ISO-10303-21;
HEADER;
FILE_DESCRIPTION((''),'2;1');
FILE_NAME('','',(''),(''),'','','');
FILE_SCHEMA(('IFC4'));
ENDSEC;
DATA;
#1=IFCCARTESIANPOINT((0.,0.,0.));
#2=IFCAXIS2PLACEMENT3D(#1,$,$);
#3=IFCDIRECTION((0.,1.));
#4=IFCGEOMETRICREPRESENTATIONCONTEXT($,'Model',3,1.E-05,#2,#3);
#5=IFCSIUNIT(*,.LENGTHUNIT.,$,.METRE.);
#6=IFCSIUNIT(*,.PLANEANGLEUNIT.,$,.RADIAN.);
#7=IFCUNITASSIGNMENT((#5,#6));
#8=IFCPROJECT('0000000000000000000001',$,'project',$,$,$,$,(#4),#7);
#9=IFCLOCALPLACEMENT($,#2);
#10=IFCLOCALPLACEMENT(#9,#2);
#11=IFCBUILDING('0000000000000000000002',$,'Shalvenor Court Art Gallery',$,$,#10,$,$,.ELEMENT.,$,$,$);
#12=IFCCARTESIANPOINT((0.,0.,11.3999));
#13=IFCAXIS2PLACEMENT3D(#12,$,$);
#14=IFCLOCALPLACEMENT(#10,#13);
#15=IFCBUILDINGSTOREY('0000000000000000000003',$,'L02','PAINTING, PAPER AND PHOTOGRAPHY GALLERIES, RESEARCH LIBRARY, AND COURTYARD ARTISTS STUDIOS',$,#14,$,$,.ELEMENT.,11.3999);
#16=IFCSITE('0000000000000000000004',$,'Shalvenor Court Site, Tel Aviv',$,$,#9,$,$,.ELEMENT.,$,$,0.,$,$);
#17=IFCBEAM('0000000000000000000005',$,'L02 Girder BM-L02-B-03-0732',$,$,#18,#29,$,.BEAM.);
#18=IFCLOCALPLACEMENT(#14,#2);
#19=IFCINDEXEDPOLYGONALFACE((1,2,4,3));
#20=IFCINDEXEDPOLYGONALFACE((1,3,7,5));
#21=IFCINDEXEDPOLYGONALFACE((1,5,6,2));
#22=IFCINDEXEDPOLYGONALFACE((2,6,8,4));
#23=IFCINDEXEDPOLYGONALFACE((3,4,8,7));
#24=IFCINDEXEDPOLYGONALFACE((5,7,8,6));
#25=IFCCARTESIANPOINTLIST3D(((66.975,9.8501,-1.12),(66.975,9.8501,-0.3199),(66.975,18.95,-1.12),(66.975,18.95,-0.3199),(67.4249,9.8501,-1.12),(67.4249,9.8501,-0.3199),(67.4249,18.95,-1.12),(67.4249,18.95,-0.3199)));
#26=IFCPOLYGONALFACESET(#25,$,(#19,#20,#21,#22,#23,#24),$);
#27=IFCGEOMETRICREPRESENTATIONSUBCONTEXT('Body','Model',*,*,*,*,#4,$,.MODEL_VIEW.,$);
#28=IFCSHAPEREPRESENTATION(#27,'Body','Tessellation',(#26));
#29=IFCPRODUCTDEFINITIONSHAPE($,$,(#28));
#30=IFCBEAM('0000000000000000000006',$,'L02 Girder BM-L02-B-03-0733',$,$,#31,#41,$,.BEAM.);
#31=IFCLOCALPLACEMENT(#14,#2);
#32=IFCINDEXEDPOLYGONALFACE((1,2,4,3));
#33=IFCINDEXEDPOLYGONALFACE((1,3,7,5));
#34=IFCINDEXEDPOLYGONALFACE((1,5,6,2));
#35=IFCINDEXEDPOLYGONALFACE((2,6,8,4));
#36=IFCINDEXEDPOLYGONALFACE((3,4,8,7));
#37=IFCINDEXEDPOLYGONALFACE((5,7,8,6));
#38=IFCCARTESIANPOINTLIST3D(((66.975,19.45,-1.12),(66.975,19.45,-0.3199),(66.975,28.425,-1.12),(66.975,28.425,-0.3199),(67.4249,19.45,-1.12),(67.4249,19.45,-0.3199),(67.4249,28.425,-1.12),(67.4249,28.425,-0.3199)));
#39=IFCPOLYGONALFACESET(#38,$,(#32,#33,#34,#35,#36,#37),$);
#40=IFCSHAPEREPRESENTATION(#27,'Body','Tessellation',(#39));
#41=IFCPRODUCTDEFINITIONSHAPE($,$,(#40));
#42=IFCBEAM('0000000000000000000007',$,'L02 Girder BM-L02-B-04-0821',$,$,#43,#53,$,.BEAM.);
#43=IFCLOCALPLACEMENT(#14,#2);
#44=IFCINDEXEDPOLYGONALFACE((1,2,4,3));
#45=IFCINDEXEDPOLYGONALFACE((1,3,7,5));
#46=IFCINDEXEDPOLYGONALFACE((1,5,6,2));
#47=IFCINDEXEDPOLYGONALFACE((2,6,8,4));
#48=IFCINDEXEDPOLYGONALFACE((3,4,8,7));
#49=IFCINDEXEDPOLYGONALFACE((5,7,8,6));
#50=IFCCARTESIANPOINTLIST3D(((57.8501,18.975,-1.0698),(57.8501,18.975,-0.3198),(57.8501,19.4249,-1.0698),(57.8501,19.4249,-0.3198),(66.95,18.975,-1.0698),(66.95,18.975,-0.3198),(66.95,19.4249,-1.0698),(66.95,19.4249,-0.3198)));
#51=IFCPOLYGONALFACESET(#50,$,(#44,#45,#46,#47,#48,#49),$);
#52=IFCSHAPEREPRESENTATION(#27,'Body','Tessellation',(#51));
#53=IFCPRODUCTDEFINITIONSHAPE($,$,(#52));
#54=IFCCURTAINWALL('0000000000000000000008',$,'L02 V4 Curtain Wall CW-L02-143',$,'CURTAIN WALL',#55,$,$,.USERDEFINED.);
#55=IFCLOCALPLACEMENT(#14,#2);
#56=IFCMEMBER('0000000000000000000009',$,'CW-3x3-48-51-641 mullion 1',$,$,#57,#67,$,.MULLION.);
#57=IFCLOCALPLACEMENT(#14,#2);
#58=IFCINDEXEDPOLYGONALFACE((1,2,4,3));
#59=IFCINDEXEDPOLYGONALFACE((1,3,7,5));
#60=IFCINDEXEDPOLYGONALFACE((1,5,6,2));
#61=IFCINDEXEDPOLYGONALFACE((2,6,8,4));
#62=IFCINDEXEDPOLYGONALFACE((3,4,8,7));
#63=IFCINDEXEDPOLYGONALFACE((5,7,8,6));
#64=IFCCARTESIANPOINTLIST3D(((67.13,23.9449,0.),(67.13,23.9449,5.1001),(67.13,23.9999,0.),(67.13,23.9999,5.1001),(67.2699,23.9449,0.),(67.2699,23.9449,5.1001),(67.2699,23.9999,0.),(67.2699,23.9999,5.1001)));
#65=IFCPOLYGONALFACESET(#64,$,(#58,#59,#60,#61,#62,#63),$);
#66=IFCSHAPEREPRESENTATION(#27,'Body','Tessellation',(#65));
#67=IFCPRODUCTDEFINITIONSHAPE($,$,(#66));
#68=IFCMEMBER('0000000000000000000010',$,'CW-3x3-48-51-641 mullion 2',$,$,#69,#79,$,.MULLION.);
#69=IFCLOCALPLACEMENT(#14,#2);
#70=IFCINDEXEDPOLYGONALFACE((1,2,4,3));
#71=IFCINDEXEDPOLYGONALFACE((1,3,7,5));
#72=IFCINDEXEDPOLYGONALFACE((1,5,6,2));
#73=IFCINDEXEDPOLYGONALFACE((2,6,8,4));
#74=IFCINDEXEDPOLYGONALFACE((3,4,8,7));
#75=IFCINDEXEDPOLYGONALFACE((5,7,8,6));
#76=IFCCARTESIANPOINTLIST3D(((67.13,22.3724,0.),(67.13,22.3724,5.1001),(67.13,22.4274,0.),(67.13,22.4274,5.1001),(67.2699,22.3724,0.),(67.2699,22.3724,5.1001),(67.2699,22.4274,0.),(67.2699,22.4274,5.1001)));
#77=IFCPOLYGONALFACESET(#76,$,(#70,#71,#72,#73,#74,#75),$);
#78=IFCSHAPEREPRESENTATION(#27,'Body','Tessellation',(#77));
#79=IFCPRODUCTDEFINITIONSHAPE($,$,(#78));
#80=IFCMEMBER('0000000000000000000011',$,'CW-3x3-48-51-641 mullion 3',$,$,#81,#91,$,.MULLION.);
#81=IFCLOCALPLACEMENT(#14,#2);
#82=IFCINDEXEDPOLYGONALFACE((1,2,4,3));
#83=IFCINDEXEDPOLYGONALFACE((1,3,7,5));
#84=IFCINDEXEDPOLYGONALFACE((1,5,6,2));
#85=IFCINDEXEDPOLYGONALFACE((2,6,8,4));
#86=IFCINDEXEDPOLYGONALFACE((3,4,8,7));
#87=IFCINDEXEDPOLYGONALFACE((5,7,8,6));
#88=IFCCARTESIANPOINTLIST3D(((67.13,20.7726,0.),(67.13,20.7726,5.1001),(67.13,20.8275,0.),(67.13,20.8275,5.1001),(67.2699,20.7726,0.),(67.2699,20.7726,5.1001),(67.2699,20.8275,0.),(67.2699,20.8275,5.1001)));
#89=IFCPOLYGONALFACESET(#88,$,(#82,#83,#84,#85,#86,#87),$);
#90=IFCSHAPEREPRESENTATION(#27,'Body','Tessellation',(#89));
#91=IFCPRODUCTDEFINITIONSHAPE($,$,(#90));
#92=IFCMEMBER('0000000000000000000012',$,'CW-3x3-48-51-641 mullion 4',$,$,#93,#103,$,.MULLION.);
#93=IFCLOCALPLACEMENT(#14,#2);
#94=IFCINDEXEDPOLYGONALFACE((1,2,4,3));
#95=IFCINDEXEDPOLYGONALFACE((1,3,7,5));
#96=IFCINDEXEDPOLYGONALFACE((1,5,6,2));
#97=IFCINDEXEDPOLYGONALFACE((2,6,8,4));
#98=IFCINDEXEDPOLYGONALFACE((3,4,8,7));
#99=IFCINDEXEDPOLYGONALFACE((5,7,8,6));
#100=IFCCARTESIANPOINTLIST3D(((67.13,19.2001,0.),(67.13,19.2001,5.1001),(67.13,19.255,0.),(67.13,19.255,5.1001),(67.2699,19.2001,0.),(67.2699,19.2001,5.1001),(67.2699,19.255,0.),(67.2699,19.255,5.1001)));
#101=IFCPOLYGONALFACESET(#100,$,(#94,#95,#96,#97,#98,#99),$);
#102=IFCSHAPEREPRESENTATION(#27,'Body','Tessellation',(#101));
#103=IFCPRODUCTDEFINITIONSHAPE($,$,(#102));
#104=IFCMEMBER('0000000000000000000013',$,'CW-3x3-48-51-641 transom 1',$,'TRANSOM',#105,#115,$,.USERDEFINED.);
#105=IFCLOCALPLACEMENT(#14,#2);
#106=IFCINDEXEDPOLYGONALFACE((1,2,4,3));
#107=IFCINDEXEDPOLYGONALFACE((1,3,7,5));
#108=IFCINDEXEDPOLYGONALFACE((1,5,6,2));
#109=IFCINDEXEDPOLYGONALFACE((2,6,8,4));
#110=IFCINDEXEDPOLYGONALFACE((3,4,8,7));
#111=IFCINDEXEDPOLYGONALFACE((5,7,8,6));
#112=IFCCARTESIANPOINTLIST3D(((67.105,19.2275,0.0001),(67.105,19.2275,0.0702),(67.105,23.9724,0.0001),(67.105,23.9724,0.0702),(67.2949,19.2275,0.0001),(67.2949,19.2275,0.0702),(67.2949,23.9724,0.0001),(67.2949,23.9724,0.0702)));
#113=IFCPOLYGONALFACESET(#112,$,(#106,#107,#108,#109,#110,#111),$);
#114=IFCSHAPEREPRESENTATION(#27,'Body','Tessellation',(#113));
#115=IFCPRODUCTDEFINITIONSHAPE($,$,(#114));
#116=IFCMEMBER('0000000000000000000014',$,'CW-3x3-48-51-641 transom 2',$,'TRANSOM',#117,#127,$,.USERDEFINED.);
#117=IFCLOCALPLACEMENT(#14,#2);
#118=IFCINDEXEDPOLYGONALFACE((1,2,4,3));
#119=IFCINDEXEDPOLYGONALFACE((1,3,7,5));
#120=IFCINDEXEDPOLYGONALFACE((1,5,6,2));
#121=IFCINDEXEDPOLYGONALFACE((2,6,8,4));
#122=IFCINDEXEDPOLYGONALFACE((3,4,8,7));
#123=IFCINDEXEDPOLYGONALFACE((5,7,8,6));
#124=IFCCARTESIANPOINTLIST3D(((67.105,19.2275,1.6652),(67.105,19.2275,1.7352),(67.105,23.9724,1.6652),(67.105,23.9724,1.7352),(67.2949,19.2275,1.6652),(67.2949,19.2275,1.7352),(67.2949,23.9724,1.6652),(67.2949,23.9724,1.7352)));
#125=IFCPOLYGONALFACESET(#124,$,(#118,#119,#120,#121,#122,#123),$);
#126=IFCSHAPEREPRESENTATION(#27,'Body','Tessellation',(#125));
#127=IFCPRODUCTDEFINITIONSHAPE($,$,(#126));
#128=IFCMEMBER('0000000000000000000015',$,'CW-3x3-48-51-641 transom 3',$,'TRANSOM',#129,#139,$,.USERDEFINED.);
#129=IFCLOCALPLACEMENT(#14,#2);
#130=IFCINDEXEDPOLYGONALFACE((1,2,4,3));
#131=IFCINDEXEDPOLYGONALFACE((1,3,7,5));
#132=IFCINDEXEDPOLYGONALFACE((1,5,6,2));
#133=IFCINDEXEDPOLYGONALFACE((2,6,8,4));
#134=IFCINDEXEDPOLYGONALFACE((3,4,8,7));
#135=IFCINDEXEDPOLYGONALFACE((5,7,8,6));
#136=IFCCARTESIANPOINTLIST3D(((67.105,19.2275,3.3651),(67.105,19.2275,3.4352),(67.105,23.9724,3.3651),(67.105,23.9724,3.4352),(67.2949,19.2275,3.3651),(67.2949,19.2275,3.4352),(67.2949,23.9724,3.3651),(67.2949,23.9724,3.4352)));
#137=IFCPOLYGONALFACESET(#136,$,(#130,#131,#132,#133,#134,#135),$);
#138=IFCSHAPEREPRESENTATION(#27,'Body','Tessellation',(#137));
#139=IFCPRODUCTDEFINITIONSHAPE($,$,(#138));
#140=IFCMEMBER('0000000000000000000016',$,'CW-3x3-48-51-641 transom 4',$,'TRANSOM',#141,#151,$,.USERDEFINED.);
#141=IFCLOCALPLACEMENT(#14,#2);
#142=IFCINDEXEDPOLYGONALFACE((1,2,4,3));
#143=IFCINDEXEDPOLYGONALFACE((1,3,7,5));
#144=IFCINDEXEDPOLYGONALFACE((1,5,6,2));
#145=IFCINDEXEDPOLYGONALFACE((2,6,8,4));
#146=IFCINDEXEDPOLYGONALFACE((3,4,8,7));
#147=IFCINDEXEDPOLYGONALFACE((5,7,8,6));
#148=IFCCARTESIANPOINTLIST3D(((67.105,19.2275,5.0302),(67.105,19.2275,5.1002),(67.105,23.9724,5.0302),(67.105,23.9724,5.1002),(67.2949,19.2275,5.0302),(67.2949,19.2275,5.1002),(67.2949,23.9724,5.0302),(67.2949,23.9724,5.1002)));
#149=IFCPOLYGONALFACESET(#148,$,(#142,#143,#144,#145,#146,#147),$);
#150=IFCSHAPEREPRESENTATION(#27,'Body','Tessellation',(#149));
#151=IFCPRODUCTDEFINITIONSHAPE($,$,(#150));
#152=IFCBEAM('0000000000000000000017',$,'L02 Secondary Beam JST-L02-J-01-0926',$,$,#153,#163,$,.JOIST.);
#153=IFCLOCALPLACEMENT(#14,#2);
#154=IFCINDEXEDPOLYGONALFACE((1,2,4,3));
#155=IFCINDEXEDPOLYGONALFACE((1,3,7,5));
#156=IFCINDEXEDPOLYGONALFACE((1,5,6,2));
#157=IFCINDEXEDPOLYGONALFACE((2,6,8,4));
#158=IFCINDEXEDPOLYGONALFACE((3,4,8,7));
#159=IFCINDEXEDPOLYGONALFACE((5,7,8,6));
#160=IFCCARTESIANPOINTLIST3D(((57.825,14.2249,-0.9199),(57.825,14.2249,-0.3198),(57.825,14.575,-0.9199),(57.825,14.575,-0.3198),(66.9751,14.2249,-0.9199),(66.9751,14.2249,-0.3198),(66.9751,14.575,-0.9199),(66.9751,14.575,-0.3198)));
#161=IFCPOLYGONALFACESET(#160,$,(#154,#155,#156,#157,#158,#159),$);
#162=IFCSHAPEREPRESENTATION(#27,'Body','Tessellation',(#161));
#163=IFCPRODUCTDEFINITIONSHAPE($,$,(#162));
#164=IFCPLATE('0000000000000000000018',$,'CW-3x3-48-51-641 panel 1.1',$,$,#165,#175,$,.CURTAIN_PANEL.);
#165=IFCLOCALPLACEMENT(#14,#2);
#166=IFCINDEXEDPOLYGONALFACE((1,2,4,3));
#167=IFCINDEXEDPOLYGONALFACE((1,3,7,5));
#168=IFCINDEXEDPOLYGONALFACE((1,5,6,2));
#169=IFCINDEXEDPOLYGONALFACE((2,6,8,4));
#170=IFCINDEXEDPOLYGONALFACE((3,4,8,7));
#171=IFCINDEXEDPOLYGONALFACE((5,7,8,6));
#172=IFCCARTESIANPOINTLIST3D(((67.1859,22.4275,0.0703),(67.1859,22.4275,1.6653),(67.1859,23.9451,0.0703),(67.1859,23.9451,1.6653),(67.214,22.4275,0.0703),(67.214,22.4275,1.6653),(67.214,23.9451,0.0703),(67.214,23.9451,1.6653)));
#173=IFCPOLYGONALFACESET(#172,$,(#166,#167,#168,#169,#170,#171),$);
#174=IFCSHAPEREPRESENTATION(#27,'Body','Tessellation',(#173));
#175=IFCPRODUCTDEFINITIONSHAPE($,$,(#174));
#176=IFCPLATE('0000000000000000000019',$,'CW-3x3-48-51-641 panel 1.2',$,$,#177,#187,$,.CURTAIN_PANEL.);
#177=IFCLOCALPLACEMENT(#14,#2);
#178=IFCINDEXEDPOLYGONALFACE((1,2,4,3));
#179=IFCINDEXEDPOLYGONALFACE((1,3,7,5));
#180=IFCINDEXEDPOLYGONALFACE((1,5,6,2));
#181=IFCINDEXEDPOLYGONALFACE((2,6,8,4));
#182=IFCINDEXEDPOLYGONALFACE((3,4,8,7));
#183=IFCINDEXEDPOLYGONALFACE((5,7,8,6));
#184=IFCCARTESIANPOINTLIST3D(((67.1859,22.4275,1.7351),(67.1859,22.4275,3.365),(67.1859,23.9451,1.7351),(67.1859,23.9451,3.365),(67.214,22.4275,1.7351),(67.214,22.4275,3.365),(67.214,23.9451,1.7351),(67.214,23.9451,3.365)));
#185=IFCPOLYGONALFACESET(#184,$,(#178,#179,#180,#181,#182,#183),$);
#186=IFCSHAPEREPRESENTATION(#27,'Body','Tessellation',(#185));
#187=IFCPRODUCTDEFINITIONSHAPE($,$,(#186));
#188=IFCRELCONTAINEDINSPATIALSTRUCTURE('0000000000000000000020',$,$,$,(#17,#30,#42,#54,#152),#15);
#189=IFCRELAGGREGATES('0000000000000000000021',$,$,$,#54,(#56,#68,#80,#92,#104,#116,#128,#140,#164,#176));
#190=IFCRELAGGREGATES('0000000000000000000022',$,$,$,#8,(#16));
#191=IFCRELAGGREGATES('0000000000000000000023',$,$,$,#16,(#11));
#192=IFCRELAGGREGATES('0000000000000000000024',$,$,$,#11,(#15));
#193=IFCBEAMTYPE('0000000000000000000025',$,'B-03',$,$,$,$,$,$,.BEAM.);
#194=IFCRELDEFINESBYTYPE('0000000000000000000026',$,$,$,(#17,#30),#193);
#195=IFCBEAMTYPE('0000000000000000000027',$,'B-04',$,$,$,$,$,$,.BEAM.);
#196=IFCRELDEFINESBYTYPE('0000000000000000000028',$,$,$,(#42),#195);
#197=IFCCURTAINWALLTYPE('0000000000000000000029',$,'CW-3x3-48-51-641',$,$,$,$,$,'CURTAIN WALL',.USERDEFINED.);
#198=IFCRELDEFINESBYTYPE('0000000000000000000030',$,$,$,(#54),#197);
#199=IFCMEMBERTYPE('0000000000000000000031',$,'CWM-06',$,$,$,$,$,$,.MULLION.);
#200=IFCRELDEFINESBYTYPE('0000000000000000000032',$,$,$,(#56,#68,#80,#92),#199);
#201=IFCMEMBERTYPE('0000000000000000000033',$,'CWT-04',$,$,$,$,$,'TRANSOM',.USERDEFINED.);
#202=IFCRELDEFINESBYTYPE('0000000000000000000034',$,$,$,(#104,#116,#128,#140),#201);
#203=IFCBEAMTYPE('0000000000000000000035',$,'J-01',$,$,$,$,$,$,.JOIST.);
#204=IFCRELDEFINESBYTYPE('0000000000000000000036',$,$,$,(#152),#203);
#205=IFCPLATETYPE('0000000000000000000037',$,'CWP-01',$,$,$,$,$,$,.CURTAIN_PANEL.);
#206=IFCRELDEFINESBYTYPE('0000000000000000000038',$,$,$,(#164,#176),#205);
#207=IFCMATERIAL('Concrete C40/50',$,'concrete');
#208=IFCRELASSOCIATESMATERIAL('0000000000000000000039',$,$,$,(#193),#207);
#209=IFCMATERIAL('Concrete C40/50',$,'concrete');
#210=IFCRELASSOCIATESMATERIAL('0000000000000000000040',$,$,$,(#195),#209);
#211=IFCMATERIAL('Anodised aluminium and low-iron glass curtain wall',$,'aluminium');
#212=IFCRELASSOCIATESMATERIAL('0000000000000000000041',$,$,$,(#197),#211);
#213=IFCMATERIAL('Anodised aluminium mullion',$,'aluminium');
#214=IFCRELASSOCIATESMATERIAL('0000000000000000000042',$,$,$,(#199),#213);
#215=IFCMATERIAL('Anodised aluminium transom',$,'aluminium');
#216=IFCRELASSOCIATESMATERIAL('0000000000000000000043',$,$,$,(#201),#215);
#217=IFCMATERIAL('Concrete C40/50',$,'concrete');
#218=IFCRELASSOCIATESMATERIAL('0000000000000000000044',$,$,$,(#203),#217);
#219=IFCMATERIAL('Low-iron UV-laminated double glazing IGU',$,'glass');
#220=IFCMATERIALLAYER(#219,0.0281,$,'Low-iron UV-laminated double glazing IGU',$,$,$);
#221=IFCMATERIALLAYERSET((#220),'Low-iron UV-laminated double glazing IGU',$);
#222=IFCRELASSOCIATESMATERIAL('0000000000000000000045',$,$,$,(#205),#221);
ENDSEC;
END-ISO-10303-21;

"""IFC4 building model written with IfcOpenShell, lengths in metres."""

from ifc_helpers import new_model, si_unit, direction, frame, origin, origin_2d, place, context, subcontext, project, spatial, rectangle, extrude, material, layer, layer_set, material_profile, profile_set, type_object, element, aggregate, save


model = new_model("IFC4")

# Units and contexts
model_context = context("Model", 3, precision=1e-05, world=origin(), true_north=direction((0.0, 1.0)))
body_context = subcontext(model_context, "Body", "Model", "MODEL_VIEW")
ifc_project = project(units=[si_unit("LENGTHUNIT", "METRE"), si_unit("PLANEANGLEUNIT", "RADIAN")], contexts=[model_context])

# Site, building, storey
site_placement = place(None, origin())
site = spatial("IfcSite", under=ifc_project, at=site_placement, Name="Shalvenor Court Site, Tel Aviv", CompositionType="ELEMENT", RefElevation=0.0)
building_placement = place(site_placement, origin())
building = spatial("IfcBuilding", under=site, at=building_placement, Name="Shalvenor Court Art Gallery", CompositionType="ELEMENT")
storey_placement = place(building_placement, frame((0.0, 0.0, 11.3999)))
storey = spatial("IfcBuildingStorey", under=building, at=storey_placement, Name="L02", Description="PAINTING, PAPER AND PHOTOGRAPHY GALLERIES, RESEARCH LIBRARY, AND COURTYARD ARTISTS STUDIOS", CompositionType="ELEMENT", Elevation=11.3999)

# Beams
ifc_material_1 = material(Name="Concrete C40/50", Category="concrete")
ifc_material_profile_1 = material_profile(ifc_material_1, rectangle(XDim=0.45, YDim=0.8, at=origin_2d()), Name="RC 450x800")
ifc_profile_set_1 = profile_set([ifc_material_profile_1], Name="Concrete C40/50")
beam_type_1 = type_object("IfcBeamType", Name="B-03", PredefinedType="BEAM", material=ifc_profile_set_1)
beam_1_placement = place(storey_placement, frame((67.2, 9.8501, -0.72), z_axis=(0.0, 1.0, 0.0), x_axis=(-1.0, 0.0, 0.0)))
element("IfcBeam", 1, at=beam_1_placement, inside=storey, type_object=beam_type_1, Name="L02 Girder BM-L02-B-03-0732", PredefinedType="BEAM", context=body_context, shape_type="SweptSolid", body=[
    extrude(rectangle(XDim=0.45, YDim=0.8, at=origin_2d()), origin(), (0.0, 0.0, 1.0), 9.0999),
])
beam_2_placement = place(storey_placement, frame((67.2, 19.45, -0.72), z_axis=(0.0, 1.0, 0.0), x_axis=(-1.0, 0.0, 0.0)))
element("IfcBeam", 2, at=beam_2_placement, inside=storey, type_object=beam_type_1, Name="L02 Girder BM-L02-B-03-0733", PredefinedType="BEAM", context=body_context, shape_type="SweptSolid", body=[
    extrude(rectangle(XDim=0.45, YDim=0.8, at=origin_2d()), origin(), (0.0, 0.0, 1.0), 8.9751),
])
ifc_material_2 = material(Name="Concrete C40/50", Category="concrete")
ifc_material_profile_2 = material_profile(ifc_material_2, rectangle(XDim=0.45, YDim=0.75, at=origin_2d()), Name="RC 450x750")
ifc_profile_set_2 = profile_set([ifc_material_profile_2], Name="Concrete C40/50")
beam_type_2 = type_object("IfcBeamType", Name="B-04", PredefinedType="BEAM", material=ifc_profile_set_2)
beam_3_placement = place(storey_placement, frame((57.8501, 19.2, -0.6948), z_axis=(1.0, 0.0, 0.0), x_axis=(0.0, 1.0, 0.0)))
element("IfcBeam", 3, at=beam_3_placement, inside=storey, type_object=beam_type_2, Name="L02 Girder BM-L02-B-04-0821", PredefinedType="BEAM", context=body_context, shape_type="SweptSolid", body=[
    extrude(rectangle(XDim=0.45, YDim=0.75, at=origin_2d()), origin(), (0.0, 0.0, 1.0), 9.0999),
])

# Curtain wall, members
ifc_material_3 = material(Name="Anodised aluminium and low-iron glass curtain wall", Category="aluminium")
curtain_wall_type = type_object("IfcCurtainWallType", Name="CW-3x3-48-51-641", ElementType="CURTAIN WALL", PredefinedType="USERDEFINED", material=ifc_material_3)
curtain_wall_placement = place(storey_placement, origin())
curtain_wall = element("IfcCurtainWall", 4, at=curtain_wall_placement, inside=storey, type_object=curtain_wall_type, Name="L02 V4 Curtain Wall CW-L02-143", ObjectType="CURTAIN WALL", PredefinedType="USERDEFINED")
ifc_material_4 = material(Name="Anodised aluminium mullion", Category="aluminium")
ifc_material_profile_3 = material_profile(ifc_material_4, rectangle(XDim=0.0549, YDim=0.1399, at=origin_2d()), Name="CWM-06")
ifc_profile_set_3 = profile_set([ifc_material_profile_3], Name="Anodised aluminium mullion")
member_type_1 = type_object("IfcMemberType", Name="CWM-06", PredefinedType="MULLION", material=ifc_profile_set_3)
member_1_placement = place(storey_placement, frame((67.2, 23.9724, 0.0), z_axis=(0.0, 0.0, 1.0), x_axis=(0.0, -1.0, 0.0)))
member_1 = element("IfcMember", 5, at=member_1_placement, type_object=member_type_1, Name="CW-3x3-48-51-641 mullion 1", PredefinedType="MULLION", context=body_context, shape_type="SweptSolid", body=[
    extrude(rectangle(XDim=0.0549, YDim=0.1399, at=origin_2d()), origin(), (0.0, 0.0, 1.0), 5.1001),
])
member_2_placement = place(storey_placement, frame((67.2, 22.3999, 0.0), z_axis=(0.0, 0.0, 1.0), x_axis=(0.0, -1.0, 0.0)))
member_2 = element("IfcMember", 6, at=member_2_placement, type_object=member_type_1, Name="CW-3x3-48-51-641 mullion 2", PredefinedType="MULLION", context=body_context, shape_type="SweptSolid", body=[
    extrude(rectangle(XDim=0.0549, YDim=0.1399, at=origin_2d()), origin(), (0.0, 0.0, 1.0), 5.1001),
])
member_3_placement = place(storey_placement, frame((67.2, 20.8, 0.0), z_axis=(0.0, 0.0, 1.0), x_axis=(0.0, -1.0, 0.0)))
member_3 = element("IfcMember", 7, at=member_3_placement, type_object=member_type_1, Name="CW-3x3-48-51-641 mullion 3", PredefinedType="MULLION", context=body_context, shape_type="SweptSolid", body=[
    extrude(rectangle(XDim=0.0549, YDim=0.1399, at=origin_2d()), origin(), (0.0, 0.0, 1.0), 5.1001),
])
member_4_placement = place(storey_placement, frame((67.2, 19.2275, 0.0), z_axis=(0.0, 0.0, 1.0), x_axis=(0.0, -1.0, 0.0)))
member_4 = element("IfcMember", 8, at=member_4_placement, type_object=member_type_1, Name="CW-3x3-48-51-641 mullion 4", PredefinedType="MULLION", context=body_context, shape_type="SweptSolid", body=[
    extrude(rectangle(XDim=0.0549, YDim=0.1399, at=origin_2d()), origin(), (0.0, 0.0, 1.0), 5.1001),
])
ifc_material_5 = material(Name="Anodised aluminium transom", Category="aluminium")
ifc_material_profile_4 = material_profile(ifc_material_5, rectangle(XDim=0.1899, YDim=0.0701, at=origin_2d()), Name="CWT-04")
ifc_profile_set_4 = profile_set([ifc_material_profile_4], Name="Anodised aluminium transom")
member_type_2 = type_object("IfcMemberType", Name="CWT-04", ElementType="TRANSOM", PredefinedType="USERDEFINED", material=ifc_profile_set_4)
member_5_placement = place(storey_placement, frame((67.2, 23.9724, 0.0352), z_axis=(0.0, -1.0, 0.0), x_axis=(1.0, 0.0, 0.0)))
member_5 = element("IfcMember", 9, at=member_5_placement, type_object=member_type_2, Name="CW-3x3-48-51-641 transom 1", ObjectType="TRANSOM", PredefinedType="USERDEFINED", context=body_context, shape_type="SweptSolid", body=[
    extrude(rectangle(XDim=0.1899, YDim=0.0701, at=origin_2d()), origin(), (0.0, 0.0, 1.0), 4.7449),
])
member_6_placement = place(storey_placement, frame((67.2, 23.9724, 1.7002), z_axis=(0.0, -1.0, 0.0), x_axis=(1.0, 0.0, 0.0)))
member_6 = element("IfcMember", 10, at=member_6_placement, type_object=member_type_2, Name="CW-3x3-48-51-641 transom 2", ObjectType="TRANSOM", PredefinedType="USERDEFINED", context=body_context, shape_type="SweptSolid", body=[
    extrude(rectangle(XDim=0.1899, YDim=0.0701, at=origin_2d()), origin(), (0.0, 0.0, 1.0), 4.7449),
])
member_7_placement = place(storey_placement, frame((67.2, 23.9724, 3.4001), z_axis=(0.0, -1.0, 0.0), x_axis=(1.0, 0.0, 0.0)))
member_7 = element("IfcMember", 11, at=member_7_placement, type_object=member_type_2, Name="CW-3x3-48-51-641 transom 3", ObjectType="TRANSOM", PredefinedType="USERDEFINED", context=body_context, shape_type="SweptSolid", body=[
    extrude(rectangle(XDim=0.1899, YDim=0.0701, at=origin_2d()), origin(), (0.0, 0.0, 1.0), 4.7449),
])
member_8_placement = place(storey_placement, frame((67.2, 23.9724, 5.0652), z_axis=(0.0, -1.0, 0.0), x_axis=(1.0, 0.0, 0.0)))
member_8 = element("IfcMember", 12, at=member_8_placement, type_object=member_type_2, Name="CW-3x3-48-51-641 transom 4", ObjectType="TRANSOM", PredefinedType="USERDEFINED", context=body_context, shape_type="SweptSolid", body=[
    extrude(rectangle(XDim=0.1899, YDim=0.0701, at=origin_2d()), origin(), (0.0, 0.0, 1.0), 4.7449),
])

# Beam
ifc_material_6 = material(Name="Concrete C40/50", Category="concrete")
ifc_material_profile_5 = material_profile(ifc_material_6, rectangle(XDim=0.3501, YDim=0.6001, at=origin_2d()), Name="RC 350x600")
ifc_profile_set_5 = profile_set([ifc_material_profile_5], Name="Concrete C40/50")
beam_type_3 = type_object("IfcBeamType", Name="J-01", PredefinedType="JOIST", material=ifc_profile_set_5)
beam_4_placement = place(storey_placement, frame((57.825, 14.3999, -0.6199), z_axis=(1.0, 0.0, 0.0), x_axis=(0.0, 1.0, 0.0)))
element("IfcBeam", 13, at=beam_4_placement, inside=storey, type_object=beam_type_3, Name="L02 Secondary Beam JST-L02-J-01-0926", PredefinedType="JOIST", context=body_context, shape_type="SweptSolid", body=[
    extrude(rectangle(XDim=0.3501, YDim=0.6001, at=origin_2d()), origin(), (0.0, 0.0, 1.0), 9.1501),
])

# Plates
ifc_material_7 = material(Name="Low-iron UV-laminated double glazing IGU", Category="glass")
ifc_layer_1 = layer(ifc_material_7, 0.0281, Name="Low-iron UV-laminated double glazing IGU")
ifc_layer_set_1 = layer_set([ifc_layer_1], Name="Low-iron UV-laminated double glazing IGU")
plate_type_1 = type_object("IfcPlateType", Name="CWP-01", PredefinedType="CURTAIN_PANEL", material=ifc_layer_set_1)
plate_1_placement = place(storey_placement, frame((67.2, 23.1863, 0.0703), z_axis=(0.0, 0.0, 1.0), x_axis=(0.0, -1.0, 0.0)))
plate_1 = element("IfcPlate", 14, at=plate_1_placement, type_object=plate_type_1, Name="CW-3x3-48-51-641 panel 1.1", PredefinedType="CURTAIN_PANEL", context=body_context, shape_type="SweptSolid", body=[
    extrude(rectangle(XDim=1.5176, YDim=0.0281, at=origin_2d()), origin(), (0.0, 0.0, 1.0), 1.595),
])
plate_2_placement = place(storey_placement, frame((67.2, 23.1863, 1.7351), z_axis=(0.0, 0.0, 1.0), x_axis=(0.0, -1.0, 0.0)))
plate_2 = element("IfcPlate", 15, at=plate_2_placement, type_object=plate_type_1, Name="CW-3x3-48-51-641 panel 1.2", PredefinedType="CURTAIN_PANEL", context=body_context, shape_type="SweptSolid", body=[
    extrude(rectangle(XDim=1.5176, YDim=0.0281, at=origin_2d()), origin(), (0.0, 0.0, 1.0), 1.6299),
])
aggregate(curtain_wall, [member_1, member_2, member_3, member_4, member_5, member_6, member_7, member_8, plate_1, plate_2])

save(model, "model.ifc")
